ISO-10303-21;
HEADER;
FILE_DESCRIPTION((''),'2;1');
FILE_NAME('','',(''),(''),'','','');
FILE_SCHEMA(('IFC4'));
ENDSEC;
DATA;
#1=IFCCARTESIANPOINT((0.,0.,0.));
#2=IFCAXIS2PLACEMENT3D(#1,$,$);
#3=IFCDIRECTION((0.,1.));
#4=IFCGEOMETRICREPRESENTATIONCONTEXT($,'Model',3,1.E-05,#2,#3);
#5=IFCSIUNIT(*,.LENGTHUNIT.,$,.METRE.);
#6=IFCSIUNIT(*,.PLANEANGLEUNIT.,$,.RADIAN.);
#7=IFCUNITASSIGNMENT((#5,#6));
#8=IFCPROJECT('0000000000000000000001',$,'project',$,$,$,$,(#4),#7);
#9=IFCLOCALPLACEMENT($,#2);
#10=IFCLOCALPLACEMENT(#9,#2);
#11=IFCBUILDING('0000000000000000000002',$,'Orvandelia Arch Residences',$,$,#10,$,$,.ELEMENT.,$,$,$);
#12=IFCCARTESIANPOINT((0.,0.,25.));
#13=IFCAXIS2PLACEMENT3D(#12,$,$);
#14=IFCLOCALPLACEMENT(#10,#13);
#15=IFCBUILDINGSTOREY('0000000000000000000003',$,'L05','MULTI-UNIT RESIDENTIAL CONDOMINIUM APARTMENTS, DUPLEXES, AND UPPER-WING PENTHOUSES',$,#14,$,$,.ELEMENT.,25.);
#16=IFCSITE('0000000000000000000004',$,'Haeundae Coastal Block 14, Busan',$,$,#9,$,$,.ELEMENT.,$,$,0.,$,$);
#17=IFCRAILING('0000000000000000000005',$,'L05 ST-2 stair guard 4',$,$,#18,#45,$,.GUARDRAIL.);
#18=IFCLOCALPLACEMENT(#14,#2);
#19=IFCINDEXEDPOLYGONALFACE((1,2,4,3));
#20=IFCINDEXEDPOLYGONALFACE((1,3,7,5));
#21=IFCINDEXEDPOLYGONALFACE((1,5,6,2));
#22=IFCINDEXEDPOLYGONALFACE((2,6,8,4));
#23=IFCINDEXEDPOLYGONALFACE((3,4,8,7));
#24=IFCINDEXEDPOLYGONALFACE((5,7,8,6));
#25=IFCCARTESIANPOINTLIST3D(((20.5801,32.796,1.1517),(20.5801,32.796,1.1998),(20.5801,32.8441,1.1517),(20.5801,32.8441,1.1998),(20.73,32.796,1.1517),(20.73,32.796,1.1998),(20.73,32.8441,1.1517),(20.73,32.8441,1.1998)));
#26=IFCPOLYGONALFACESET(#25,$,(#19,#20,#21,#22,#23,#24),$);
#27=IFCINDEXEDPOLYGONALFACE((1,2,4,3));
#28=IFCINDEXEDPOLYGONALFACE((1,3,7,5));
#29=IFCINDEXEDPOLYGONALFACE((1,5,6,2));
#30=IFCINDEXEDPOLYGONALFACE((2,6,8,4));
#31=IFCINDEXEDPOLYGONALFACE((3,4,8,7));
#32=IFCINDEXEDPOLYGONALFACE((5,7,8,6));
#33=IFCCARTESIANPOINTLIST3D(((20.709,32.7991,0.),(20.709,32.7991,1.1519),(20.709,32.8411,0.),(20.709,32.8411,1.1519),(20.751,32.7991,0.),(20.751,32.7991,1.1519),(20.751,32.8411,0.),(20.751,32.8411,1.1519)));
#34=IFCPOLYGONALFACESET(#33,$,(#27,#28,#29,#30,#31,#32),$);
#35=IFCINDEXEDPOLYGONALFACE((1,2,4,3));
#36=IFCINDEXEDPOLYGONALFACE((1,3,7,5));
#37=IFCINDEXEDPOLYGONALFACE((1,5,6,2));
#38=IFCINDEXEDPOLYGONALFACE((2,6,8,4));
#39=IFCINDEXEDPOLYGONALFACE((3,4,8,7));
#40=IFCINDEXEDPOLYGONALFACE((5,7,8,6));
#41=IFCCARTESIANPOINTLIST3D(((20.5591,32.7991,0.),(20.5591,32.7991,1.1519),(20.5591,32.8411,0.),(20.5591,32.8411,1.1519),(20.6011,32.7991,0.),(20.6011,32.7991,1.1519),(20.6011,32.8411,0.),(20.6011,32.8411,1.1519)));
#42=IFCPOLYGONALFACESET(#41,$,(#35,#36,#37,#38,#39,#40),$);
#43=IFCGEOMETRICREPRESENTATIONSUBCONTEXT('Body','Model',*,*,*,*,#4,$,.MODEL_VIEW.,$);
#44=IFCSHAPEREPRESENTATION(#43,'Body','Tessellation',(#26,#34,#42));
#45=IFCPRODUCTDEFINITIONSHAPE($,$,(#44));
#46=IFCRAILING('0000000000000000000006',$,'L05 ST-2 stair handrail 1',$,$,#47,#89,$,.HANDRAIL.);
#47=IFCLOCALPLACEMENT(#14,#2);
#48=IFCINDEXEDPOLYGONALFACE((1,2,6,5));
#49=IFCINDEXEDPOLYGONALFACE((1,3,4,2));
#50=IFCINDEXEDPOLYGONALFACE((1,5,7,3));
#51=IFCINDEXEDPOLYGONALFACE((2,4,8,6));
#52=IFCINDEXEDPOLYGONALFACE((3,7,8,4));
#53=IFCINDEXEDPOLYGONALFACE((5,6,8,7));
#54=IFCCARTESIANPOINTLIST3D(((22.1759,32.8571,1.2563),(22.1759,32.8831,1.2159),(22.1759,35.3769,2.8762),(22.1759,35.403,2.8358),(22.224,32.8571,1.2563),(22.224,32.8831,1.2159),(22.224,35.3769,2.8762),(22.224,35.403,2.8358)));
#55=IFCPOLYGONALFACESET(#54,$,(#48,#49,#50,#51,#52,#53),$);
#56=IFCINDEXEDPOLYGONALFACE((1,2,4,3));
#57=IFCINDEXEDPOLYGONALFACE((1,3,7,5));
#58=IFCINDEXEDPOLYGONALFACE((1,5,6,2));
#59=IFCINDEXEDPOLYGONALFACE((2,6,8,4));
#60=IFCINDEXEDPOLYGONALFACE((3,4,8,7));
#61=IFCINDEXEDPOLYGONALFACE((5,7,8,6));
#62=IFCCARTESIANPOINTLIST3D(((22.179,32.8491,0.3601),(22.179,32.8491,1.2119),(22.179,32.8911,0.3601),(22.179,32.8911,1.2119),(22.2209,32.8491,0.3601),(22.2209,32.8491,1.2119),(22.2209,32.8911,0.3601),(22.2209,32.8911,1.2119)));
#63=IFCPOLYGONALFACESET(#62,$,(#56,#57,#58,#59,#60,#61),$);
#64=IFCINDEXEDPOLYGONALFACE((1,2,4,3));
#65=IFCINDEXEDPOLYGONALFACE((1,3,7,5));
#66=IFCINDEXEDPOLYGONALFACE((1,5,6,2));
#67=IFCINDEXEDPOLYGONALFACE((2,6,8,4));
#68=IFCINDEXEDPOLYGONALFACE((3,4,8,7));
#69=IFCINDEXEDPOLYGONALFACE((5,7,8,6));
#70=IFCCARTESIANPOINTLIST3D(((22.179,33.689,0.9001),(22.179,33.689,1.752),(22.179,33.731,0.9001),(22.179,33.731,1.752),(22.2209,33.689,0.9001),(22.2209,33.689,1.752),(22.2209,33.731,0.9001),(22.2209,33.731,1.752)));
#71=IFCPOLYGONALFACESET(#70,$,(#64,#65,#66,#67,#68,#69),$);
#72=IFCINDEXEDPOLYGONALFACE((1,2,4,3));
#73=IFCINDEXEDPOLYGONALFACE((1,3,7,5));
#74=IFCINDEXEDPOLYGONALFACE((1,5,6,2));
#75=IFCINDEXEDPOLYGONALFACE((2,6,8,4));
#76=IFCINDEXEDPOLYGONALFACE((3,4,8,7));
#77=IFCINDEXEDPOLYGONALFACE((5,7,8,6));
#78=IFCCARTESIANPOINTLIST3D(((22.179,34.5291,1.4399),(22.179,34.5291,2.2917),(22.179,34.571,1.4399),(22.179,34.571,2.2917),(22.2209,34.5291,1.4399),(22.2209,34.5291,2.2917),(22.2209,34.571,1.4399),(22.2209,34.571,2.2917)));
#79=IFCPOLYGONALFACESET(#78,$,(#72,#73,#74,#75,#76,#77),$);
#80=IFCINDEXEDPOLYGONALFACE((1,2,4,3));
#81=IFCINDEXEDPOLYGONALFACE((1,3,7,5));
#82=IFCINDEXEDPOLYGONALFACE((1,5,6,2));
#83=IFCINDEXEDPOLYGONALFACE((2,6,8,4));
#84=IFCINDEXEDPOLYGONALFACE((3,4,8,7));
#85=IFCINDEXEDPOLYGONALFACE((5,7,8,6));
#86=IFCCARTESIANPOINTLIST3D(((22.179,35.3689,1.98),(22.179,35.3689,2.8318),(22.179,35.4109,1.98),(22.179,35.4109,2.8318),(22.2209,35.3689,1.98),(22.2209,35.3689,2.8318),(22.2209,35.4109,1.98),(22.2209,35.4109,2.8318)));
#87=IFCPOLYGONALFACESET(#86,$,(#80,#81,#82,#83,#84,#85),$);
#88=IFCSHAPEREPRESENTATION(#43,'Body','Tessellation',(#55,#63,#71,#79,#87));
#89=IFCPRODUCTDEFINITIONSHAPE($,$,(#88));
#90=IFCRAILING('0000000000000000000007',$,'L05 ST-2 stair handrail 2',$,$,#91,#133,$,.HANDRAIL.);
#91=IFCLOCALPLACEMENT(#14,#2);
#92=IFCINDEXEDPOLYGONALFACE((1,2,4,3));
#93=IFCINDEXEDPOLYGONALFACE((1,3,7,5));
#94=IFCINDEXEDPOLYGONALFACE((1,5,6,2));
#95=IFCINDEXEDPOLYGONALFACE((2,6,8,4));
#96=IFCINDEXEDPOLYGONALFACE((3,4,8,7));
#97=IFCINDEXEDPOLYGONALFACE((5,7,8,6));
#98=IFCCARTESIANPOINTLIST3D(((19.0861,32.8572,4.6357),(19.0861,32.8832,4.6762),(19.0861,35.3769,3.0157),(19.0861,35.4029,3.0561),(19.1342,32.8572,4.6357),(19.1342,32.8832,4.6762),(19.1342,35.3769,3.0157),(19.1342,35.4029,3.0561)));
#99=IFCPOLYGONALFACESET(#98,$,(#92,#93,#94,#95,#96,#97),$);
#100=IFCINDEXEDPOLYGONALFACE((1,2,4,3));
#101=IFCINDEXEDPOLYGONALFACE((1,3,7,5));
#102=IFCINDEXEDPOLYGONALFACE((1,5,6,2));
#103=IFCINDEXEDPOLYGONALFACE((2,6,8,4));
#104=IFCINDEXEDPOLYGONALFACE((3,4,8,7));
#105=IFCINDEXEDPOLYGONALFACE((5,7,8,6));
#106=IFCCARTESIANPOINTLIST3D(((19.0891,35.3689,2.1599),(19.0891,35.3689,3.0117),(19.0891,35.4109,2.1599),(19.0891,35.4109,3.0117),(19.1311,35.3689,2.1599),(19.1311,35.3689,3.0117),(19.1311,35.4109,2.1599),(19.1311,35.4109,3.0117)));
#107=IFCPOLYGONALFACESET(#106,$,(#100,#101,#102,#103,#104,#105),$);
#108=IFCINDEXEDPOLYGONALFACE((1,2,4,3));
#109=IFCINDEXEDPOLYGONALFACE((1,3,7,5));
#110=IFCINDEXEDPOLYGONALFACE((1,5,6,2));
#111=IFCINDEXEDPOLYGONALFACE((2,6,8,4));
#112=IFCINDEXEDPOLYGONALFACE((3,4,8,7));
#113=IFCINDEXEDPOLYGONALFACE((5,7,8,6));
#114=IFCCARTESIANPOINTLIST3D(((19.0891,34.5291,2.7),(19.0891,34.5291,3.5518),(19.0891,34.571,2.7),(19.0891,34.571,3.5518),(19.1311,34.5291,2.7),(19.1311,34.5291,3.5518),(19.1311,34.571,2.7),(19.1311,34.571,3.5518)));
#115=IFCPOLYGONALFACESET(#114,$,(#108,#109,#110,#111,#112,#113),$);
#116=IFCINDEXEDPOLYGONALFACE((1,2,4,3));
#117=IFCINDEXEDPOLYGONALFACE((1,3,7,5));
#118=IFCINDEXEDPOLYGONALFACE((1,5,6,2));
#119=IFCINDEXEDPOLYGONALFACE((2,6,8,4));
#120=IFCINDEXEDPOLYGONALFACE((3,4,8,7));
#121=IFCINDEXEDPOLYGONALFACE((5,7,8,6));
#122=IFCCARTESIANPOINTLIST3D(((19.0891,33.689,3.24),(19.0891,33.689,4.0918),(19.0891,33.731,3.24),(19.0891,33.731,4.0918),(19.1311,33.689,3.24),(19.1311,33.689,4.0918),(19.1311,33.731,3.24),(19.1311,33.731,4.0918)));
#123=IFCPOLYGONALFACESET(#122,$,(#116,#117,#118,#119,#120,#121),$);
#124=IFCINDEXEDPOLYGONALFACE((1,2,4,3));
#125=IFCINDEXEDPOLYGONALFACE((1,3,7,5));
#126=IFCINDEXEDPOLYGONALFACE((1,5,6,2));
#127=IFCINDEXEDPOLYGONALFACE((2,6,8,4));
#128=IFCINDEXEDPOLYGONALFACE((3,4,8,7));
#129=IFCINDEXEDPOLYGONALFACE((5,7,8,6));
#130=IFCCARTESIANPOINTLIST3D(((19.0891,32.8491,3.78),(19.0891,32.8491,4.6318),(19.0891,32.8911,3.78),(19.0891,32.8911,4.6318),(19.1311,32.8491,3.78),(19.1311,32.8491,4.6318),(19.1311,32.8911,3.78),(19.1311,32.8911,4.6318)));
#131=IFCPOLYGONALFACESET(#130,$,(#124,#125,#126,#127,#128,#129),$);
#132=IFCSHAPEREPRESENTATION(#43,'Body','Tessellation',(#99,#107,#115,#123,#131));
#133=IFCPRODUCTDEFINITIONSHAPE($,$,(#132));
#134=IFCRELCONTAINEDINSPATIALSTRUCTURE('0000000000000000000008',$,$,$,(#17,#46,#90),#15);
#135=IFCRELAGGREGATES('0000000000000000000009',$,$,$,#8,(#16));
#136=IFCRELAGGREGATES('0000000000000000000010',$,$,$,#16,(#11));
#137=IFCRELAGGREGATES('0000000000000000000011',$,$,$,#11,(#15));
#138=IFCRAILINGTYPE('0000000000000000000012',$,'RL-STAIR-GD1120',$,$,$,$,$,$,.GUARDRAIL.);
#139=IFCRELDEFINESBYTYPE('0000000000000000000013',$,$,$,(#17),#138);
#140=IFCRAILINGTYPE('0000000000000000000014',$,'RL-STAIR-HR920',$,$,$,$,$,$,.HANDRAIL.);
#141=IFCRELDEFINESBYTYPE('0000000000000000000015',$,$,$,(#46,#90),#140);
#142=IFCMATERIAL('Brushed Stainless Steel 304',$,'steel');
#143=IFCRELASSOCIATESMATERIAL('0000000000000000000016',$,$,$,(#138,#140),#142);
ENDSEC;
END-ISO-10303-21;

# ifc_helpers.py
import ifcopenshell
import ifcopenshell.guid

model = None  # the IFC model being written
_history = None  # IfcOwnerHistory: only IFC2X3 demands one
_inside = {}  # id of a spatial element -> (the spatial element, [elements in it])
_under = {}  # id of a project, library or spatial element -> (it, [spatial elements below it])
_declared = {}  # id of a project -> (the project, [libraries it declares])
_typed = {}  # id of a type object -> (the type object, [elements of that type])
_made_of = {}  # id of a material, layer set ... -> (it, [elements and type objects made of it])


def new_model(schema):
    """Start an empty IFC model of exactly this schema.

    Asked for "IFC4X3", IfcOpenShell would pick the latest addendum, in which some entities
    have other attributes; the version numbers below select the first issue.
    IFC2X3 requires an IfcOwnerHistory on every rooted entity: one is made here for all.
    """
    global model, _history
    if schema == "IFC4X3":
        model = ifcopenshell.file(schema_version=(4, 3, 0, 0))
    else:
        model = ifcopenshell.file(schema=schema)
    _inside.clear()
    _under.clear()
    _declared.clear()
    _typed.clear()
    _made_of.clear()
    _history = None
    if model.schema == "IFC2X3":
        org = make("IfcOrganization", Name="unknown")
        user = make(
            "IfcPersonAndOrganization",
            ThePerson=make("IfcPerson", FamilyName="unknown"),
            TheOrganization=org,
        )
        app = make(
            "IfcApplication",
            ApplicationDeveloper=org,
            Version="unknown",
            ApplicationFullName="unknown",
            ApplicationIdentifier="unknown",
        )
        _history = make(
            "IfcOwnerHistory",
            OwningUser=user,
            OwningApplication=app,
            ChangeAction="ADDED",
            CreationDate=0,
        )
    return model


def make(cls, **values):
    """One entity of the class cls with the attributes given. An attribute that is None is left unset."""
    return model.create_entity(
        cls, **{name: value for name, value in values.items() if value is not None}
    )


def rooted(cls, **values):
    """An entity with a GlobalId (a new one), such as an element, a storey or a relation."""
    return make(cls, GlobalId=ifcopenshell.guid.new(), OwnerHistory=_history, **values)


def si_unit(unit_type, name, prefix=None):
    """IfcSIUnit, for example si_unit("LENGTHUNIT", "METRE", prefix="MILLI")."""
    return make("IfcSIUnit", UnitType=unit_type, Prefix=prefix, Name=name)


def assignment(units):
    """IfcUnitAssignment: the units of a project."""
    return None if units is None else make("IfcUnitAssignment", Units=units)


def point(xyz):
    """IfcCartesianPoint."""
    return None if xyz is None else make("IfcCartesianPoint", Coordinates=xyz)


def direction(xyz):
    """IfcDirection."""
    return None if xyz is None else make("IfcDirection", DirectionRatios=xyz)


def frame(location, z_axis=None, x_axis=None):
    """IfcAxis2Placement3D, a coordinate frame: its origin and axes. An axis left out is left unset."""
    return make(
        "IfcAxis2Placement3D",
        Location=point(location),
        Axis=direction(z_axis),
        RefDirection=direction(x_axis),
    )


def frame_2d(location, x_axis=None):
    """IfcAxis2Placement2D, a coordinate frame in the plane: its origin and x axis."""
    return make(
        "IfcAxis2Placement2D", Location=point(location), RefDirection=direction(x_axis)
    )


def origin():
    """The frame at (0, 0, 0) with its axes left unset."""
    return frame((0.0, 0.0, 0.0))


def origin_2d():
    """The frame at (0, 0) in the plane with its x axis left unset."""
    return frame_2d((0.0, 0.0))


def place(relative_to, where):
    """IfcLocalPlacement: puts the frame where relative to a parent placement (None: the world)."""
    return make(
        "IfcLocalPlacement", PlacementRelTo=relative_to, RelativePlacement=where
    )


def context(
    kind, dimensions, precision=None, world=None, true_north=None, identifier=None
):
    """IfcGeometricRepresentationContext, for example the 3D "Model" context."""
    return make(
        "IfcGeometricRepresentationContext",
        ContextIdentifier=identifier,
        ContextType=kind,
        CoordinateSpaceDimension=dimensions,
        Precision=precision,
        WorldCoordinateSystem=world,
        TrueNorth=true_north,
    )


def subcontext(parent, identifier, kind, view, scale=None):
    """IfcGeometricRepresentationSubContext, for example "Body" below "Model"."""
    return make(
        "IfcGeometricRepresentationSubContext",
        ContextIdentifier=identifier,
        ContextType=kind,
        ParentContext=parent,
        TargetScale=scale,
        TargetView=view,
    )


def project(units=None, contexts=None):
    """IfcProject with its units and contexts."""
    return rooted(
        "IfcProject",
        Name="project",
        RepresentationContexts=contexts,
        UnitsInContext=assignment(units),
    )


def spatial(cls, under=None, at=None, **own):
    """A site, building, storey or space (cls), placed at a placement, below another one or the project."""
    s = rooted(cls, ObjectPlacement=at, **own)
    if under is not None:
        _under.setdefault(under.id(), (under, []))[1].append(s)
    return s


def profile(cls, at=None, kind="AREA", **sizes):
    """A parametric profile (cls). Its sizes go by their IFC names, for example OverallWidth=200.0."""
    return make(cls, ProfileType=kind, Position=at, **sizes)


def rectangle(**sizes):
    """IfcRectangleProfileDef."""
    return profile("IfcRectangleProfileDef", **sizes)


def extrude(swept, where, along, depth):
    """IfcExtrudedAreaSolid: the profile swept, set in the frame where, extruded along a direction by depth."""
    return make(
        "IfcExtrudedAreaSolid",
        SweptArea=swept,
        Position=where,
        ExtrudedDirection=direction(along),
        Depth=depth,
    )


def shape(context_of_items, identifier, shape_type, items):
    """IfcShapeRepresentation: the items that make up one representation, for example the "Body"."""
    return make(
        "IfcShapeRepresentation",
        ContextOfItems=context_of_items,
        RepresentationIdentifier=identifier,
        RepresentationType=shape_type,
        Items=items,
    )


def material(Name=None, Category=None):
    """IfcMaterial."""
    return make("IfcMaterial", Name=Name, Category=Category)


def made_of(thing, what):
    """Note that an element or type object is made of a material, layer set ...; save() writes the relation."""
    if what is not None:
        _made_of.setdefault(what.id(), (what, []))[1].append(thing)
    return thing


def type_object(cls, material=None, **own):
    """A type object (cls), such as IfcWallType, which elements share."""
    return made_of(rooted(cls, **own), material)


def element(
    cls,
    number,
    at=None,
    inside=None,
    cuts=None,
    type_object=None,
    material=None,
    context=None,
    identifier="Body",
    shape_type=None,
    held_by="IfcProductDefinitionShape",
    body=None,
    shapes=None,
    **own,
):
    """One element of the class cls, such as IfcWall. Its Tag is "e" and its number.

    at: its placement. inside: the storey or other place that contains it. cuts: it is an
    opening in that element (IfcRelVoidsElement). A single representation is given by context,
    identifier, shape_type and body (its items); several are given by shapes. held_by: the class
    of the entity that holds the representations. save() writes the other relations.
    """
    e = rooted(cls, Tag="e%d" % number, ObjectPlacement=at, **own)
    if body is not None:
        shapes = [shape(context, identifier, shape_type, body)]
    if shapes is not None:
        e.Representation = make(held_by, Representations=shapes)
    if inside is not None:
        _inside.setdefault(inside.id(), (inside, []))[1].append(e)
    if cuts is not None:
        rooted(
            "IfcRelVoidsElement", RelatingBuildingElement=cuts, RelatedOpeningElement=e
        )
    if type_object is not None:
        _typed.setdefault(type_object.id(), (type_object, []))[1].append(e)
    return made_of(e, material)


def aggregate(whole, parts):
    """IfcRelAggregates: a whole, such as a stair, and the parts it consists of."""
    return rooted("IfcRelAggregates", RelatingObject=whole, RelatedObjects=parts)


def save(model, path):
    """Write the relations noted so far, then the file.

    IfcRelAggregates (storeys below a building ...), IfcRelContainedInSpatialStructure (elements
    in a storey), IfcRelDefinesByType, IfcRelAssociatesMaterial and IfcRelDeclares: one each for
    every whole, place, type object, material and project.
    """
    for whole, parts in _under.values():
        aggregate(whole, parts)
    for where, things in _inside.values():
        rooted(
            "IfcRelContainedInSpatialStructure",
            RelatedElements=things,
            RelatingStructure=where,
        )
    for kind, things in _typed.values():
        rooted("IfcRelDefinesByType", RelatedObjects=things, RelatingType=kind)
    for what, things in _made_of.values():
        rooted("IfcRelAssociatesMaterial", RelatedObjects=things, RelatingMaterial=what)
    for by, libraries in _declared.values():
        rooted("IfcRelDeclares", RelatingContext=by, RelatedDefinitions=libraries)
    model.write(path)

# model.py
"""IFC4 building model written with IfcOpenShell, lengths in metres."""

from ifc_helpers import new_model, si_unit, direction, frame, origin, origin_2d, place, context, subcontext, project, spatial, rectangle, extrude, material, type_object, element, save


model = new_model("IFC4")

# Units and contexts
model_context = context("Model", 3, precision=1e-05, world=origin(), true_north=direction((0.0, 1.0)))
body_context = subcontext(model_context, "Body", "Model", "MODEL_VIEW")
ifc_project = project(units=[si_unit("LENGTHUNIT", "METRE"), si_unit("PLANEANGLEUNIT", "RADIAN")], contexts=[model_context])

# Site, building, storey
site_placement = place(None, origin())
site = spatial("IfcSite", under=ifc_project, at=site_placement, Name="Haeundae Coastal Block 14, Busan", CompositionType="ELEMENT", RefElevation=0.0)
building_placement = place(site_placement, origin())
building = spatial("IfcBuilding", under=site, at=building_placement, Name="Orvandelia Arch Residences", CompositionType="ELEMENT")
storey_placement = place(building_placement, frame((0.0, 0.0, 25.0)))
storey = spatial("IfcBuildingStorey", under=building, at=storey_placement, Name="L05", Description="MULTI-UNIT RESIDENTIAL CONDOMINIUM APARTMENTS, DUPLEXES, AND UPPER-WING PENTHOUSES", CompositionType="ELEMENT", Elevation=25.0)

# Railings
ifc_material_1 = material(Name="Brushed Stainless Steel 304", Category="steel")
railing_type_1 = type_object("IfcRailingType", Name="RL-STAIR-GD1120", PredefinedType="GUARDRAIL", material=ifc_material_1)
railing_1_placement = place(storey_placement, frame((20.73, 32.8201, 0.0)))
element("IfcRailing", 1, at=railing_1_placement, inside=storey, type_object=railing_type_1, Name="L05 ST-2 stair guard 4", PredefinedType="GUARDRAIL", context=body_context, shape_type="SweptSolid", body=[
    extrude(rectangle(XDim=0.0481, YDim=0.0481, at=origin_2d()), frame((0.0, 0.0, 1.1758), z_axis=(-1.0, 0.0, 0.0), x_axis=(0.0, -1.0, 0.0)), (0.0, 0.0, 1.0), 0.1499),
    extrude(rectangle(XDim=0.042, YDim=0.042, at=origin_2d()), origin(), (0.0, 0.0, 1.0), 1.1519),
    extrude(rectangle(XDim=0.042, YDim=0.042, at=origin_2d()), frame((-0.1499, 0.0, 0.0)), (0.0, 0.0, 1.0), 1.1519),
])
railing_type_2 = type_object("IfcRailingType", Name="RL-STAIR-HR920", PredefinedType="HANDRAIL", material=ifc_material_1)
railing_2_placement = place(storey_placement, frame((22.2, 32.8701, 0.3601)))
element("IfcRailing", 2, at=railing_2_placement, inside=storey, type_object=railing_type_2, Name="L05 ST-2 stair handrail 1", PredefinedType="HANDRAIL", context=body_context, shape_type="SweptSolid", body=[
    extrude(rectangle(XDim=0.0481, YDim=0.0481, at=origin_2d()), frame((0.0, 0.0, 0.876), z_axis=(0.0, 0.841176, 0.540762), x_axis=(-1.0, 0.0, 0.0)), (0.0, 0.0, 1.0), 2.9956),
    extrude(rectangle(XDim=0.042, YDim=0.042, at=origin_2d()), origin(), (0.0, 0.0, 1.0), 0.8518),
    extrude(rectangle(XDim=0.042, YDim=0.042, at=origin_2d()), frame((0.0, 0.8398, 0.54)), (0.0, 0.0, 1.0), 0.8518),
    extrude(rectangle(XDim=0.042, YDim=0.042, at=origin_2d()), frame((0.0, 1.6799, 1.0798)), (0.0, 0.0, 1.0), 0.8518),
    extrude(rectangle(XDim=0.042, YDim=0.042, at=origin_2d()), frame((0.0, 2.5198, 1.6199)), (0.0, 0.0, 1.0), 0.8518),
])
railing_3_placement = place(storey_placement, frame((19.1101, 35.3899, 2.1599)))
element("IfcRailing", 3, at=railing_3_placement, inside=storey, type_object=railing_type_2, Name="L05 ST-2 stair handrail 2", PredefinedType="HANDRAIL", context=body_context, shape_type="SweptSolid", body=[
    extrude(rectangle(XDim=0.0481, YDim=0.0481, at=origin_2d()), frame((0.0, 0.0, 0.876), z_axis=(0.0, -0.841139, 0.540819), x_axis=(1.0, 0.0, 0.0)), (0.0, 0.0, 1.0), 2.9956),
    extrude(rectangle(XDim=0.042, YDim=0.042, at=origin_2d()), origin(), (0.0, 0.0, 1.0), 0.8518),
    extrude(rectangle(XDim=0.042, YDim=0.042, at=origin_2d()), frame((0.0, -0.8398, 0.54)), (0.0, 0.0, 1.0), 0.8518),
    extrude(rectangle(XDim=0.042, YDim=0.042, at=origin_2d()), frame((0.0, -1.6799, 1.0801)), (0.0, 0.0, 1.0), 0.8518),
    extrude(rectangle(XDim=0.042, YDim=0.042, at=origin_2d()), frame((0.0, -2.5198, 1.6201)), (0.0, 0.0, 1.0), 0.8518),
])

save(model, "model.ifc")
